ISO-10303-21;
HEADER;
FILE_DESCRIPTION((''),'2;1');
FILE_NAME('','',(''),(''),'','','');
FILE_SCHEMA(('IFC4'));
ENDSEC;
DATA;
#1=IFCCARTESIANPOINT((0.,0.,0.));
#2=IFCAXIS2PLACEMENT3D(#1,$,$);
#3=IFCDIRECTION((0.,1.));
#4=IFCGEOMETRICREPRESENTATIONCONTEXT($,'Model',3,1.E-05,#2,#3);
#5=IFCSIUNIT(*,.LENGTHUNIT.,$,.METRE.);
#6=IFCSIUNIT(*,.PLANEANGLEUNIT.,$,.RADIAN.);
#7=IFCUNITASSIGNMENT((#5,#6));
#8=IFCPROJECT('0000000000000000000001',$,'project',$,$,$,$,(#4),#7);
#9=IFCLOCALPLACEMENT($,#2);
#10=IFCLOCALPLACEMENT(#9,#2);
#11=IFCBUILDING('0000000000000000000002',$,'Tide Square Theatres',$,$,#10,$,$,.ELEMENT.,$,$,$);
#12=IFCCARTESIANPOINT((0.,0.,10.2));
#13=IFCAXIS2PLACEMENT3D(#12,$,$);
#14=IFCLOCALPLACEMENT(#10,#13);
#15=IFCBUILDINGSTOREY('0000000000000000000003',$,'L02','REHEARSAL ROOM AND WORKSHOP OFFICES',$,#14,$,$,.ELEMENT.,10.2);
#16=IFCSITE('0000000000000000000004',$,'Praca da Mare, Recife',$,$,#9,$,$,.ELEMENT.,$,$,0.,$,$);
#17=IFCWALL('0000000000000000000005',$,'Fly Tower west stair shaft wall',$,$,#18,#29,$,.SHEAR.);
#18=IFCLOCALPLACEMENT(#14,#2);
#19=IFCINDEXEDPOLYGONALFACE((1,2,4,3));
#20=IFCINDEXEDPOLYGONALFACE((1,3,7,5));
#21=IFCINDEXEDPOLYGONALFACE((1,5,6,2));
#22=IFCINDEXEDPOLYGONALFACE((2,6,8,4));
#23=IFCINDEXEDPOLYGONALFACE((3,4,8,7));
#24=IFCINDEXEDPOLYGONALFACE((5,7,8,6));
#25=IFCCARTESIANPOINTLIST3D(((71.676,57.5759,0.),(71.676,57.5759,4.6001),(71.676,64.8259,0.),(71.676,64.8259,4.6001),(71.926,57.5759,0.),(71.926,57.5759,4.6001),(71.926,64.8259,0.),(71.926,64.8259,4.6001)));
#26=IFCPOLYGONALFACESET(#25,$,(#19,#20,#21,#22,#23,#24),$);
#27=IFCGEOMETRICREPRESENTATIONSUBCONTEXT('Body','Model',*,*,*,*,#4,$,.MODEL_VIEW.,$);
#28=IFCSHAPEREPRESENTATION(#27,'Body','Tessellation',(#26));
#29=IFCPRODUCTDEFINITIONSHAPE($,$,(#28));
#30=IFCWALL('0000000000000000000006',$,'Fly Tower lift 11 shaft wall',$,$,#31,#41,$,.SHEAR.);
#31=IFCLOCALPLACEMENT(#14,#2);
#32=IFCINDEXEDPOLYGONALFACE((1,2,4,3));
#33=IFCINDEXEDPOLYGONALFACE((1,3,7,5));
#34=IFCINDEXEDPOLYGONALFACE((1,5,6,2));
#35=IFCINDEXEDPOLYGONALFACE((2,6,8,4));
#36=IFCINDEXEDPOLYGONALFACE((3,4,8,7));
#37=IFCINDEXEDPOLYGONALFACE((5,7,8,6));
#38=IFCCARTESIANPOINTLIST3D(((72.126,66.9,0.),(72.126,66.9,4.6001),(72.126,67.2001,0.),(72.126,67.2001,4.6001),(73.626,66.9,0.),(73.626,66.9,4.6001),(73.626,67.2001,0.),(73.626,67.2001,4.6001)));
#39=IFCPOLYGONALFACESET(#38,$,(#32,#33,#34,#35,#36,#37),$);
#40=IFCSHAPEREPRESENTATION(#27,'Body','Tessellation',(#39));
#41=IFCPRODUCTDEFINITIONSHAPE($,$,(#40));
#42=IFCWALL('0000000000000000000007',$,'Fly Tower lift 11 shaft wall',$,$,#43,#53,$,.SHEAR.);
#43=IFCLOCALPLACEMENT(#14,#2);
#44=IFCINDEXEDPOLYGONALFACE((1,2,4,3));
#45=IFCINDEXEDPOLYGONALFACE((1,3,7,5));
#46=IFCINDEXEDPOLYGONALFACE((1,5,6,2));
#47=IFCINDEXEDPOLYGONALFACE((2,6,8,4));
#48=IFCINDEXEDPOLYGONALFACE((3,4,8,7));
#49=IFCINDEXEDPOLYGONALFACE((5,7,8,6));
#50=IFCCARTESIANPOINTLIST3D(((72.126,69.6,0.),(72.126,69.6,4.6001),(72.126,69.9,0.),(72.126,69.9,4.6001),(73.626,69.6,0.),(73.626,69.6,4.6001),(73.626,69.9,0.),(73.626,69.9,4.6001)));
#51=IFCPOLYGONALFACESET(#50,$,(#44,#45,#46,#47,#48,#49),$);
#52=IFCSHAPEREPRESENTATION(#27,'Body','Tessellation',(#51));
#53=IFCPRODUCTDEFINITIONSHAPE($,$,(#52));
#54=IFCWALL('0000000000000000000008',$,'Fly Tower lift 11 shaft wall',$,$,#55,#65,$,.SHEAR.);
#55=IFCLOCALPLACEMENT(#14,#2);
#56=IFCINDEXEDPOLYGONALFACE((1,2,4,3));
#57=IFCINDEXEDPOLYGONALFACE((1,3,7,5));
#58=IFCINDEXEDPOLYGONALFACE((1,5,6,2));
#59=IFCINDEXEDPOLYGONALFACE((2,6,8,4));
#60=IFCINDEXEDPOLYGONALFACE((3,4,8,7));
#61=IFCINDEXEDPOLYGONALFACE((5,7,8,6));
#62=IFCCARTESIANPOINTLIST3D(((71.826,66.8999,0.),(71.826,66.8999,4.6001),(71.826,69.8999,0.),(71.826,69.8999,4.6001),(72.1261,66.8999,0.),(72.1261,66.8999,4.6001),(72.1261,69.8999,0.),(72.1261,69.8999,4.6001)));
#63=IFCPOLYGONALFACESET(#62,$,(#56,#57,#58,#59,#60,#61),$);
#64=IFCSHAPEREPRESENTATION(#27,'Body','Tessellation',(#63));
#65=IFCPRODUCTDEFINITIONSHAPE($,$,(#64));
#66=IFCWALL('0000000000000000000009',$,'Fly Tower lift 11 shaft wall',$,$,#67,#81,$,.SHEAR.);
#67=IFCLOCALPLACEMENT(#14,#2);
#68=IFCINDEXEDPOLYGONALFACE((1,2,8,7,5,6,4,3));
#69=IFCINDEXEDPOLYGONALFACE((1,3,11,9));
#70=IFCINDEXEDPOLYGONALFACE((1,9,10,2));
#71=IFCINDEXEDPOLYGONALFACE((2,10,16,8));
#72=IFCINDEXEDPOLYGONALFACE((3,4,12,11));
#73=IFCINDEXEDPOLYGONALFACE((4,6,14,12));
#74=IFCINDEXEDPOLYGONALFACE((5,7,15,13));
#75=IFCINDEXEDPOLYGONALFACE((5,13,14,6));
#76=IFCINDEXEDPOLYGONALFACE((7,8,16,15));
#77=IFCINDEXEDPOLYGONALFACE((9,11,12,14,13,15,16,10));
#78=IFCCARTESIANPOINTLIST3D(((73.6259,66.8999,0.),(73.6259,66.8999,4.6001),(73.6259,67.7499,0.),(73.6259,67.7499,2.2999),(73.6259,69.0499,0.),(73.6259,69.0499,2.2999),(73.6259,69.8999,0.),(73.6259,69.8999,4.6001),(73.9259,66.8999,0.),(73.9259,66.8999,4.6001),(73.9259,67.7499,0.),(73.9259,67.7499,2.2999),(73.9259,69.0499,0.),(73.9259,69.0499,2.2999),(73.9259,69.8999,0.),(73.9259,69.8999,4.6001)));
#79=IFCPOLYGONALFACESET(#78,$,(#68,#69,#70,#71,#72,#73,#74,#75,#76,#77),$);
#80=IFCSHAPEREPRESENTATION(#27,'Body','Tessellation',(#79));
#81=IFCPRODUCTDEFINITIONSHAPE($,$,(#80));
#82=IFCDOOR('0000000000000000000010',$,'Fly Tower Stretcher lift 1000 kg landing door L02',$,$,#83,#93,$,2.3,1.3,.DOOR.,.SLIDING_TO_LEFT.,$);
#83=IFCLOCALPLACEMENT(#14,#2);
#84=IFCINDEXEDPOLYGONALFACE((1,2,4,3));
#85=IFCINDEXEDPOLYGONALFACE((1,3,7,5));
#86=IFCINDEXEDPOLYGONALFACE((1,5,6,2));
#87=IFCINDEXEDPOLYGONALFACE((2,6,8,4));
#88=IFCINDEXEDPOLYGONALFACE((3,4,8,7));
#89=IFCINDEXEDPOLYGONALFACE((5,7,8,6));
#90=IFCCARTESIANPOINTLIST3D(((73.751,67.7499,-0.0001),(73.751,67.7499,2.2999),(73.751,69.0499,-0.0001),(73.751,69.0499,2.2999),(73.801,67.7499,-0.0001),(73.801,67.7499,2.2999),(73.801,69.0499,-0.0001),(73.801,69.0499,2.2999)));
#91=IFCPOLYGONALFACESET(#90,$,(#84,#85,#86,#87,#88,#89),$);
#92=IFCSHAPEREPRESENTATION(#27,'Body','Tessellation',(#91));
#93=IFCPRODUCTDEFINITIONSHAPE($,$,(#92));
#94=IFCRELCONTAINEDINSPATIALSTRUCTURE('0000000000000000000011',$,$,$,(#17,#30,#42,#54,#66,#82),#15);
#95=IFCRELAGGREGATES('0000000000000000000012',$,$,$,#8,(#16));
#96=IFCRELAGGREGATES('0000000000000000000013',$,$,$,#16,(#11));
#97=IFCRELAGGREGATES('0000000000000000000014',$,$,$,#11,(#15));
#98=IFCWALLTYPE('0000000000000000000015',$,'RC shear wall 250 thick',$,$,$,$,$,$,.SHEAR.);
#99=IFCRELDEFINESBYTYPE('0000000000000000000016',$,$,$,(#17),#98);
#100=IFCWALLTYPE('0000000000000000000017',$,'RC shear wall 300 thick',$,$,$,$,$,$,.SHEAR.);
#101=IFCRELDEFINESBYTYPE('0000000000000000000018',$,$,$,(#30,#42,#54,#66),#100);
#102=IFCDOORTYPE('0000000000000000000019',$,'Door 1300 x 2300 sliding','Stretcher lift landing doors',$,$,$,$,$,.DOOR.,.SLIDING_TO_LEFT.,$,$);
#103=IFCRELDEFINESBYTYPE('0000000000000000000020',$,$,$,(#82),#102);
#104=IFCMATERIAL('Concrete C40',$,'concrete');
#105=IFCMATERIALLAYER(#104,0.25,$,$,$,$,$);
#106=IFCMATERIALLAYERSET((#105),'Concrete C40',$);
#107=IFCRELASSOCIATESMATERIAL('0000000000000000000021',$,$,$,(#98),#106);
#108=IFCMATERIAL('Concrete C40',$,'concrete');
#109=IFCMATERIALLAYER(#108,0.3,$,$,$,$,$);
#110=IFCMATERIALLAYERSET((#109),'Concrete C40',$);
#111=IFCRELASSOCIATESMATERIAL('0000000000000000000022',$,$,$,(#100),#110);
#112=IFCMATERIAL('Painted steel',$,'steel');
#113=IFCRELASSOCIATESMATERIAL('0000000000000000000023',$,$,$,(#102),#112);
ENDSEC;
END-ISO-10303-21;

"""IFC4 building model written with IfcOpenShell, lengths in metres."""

from ifc_helpers import new_model, si_unit, direction, frame, frame_2d, origin, place, context, subcontext, project, spatial, rectangle, extrude, material, layer, layer_set, type_object, element, fill, save


model = new_model("IFC4")

# Units and contexts
model_context = context("Model", 3, precision=1e-05, world=origin(), true_north=direction((0.0, 1.0)))
body_context = subcontext(model_context, "Body", "Model", "MODEL_VIEW")
ifc_project = project(units=[si_unit("LENGTHUNIT", "METRE"), si_unit("PLANEANGLEUNIT", "RADIAN")], contexts=[model_context])

# Site, building, storey
site_placement = place(None, origin())
site = spatial("IfcSite", under=ifc_project, at=site_placement, Name="Praca da Mare, Recife", CompositionType="ELEMENT", RefElevation=0.0)
building_placement = place(site_placement, origin())
building = spatial("IfcBuilding", under=site, at=building_placement, Name="Tide Square Theatres", CompositionType="ELEMENT")
storey_placement = place(building_placement, frame((0.0, 0.0, 10.2)))
storey = spatial("IfcBuildingStorey", under=building, at=storey_placement, Name="L02", Description="REHEARSAL ROOM AND WORKSHOP OFFICES", CompositionType="ELEMENT", Elevation=10.2)

# Walls
ifc_material_1 = material(Name="Concrete C40", Category="concrete")
ifc_layer_1 = layer(ifc_material_1, 0.25)
ifc_layer_set_1 = layer_set([ifc_layer_1], Name="Concrete C40")
wall_type_1 = type_object("IfcWallType", Name="RC shear wall 250 thick", PredefinedType="SHEAR", material=ifc_layer_set_1)
wall_1_placement = place(storey_placement, frame((71.801, 64.8259, 0.0), z_axis=(0.0, 0.0, 1.0), x_axis=(0.0, -1.0, 0.0)))
element("IfcWall", 1, at=wall_1_placement, inside=storey, type_object=wall_type_1, Name="Fly Tower west stair shaft wall", PredefinedType="SHEAR", context=body_context, shape_type="SweptSolid", body=[
    extrude(rectangle(XDim=7.25, YDim=0.25, at=frame_2d((3.625, 0.0))), origin(), (0.0, 0.0, 1.0), 4.6001),
])
ifc_material_2 = material(Name="Concrete C40", Category="concrete")
ifc_layer_2 = layer(ifc_material_2, 0.3)
ifc_layer_set_2 = layer_set([ifc_layer_2], Name="Concrete C40")
wall_type_2 = type_object("IfcWallType", Name="RC shear wall 300 thick", PredefinedType="SHEAR", material=ifc_layer_set_2)
for number, where, z_axis, x_axis, name in (
    (2, (72.126, 67.05, 0.0), (0.0, 0.0, 1.0), (1.0, 0.0, 0.0), "Fly Tower lift 11 shaft wall"),
    (3, (73.626, 69.75, 0.0), (0.0, 0.0, 1.0), (-1.0, 0.0, 0.0), "Fly Tower lift 11 shaft wall"),
):
    element("IfcWall", number, at=place(storey_placement, frame(where, z_axis=z_axis, x_axis=x_axis)), inside=storey, type_object=wall_type_2, Name=name, PredefinedType="SHEAR", context=body_context, shape_type="SweptSolid", body=[
        extrude(rectangle(XDim=1.5, YDim=0.3, at=frame_2d((0.75, 0.0))), origin(), (0.0, 0.0, 1.0), 4.6001),
    ])
wall_2_placement = place(storey_placement, frame((71.9761, 66.8999, 0.0), z_axis=(0.0, 0.0, 1.0), x_axis=(0.0, 1.0, 0.0)))
element("IfcWall", 4, at=wall_2_placement, inside=storey, type_object=wall_type_2, Name="Fly Tower lift 11 shaft wall", PredefinedType="SHEAR", context=body_context, shape_type="SweptSolid", body=[
    extrude(rectangle(XDim=3.0, YDim=0.3, at=frame_2d((1.5, 0.0))), origin(), (0.0, 0.0, 1.0), 4.6001),
])

# Wall, opening, door
wall_3_placement = place(storey_placement, frame((73.7759, 66.8999, 0.0), z_axis=(0.0, 0.0, 1.0), x_axis=(0.0, 1.0, 0.0)))
wall_3 = element("IfcWall", 5, at=wall_3_placement, inside=storey, type_object=wall_type_2, Name="Fly Tower lift 11 shaft wall", PredefinedType="SHEAR", context=body_context, shape_type="SweptSolid", body=[
    extrude(rectangle(XDim=3.0, YDim=0.3, at=frame_2d((1.5, 0.0))), origin(), (0.0, 0.0, 1.0), 4.6001),
])
opening_placement = place(wall_3_placement, frame((0.8501, 0.0, 0.0)))
opening = element("IfcOpeningElement", 6, at=opening_placement, cuts=wall_3, PredefinedType="OPENING", context=body_context, shape_type="SweptSolid", body=[
    extrude(rectangle(XDim=1.3, YDim=2.3, at=frame_2d((0.6499, 1.1499))), frame((0.0, 0.1599, 0.0), z_axis=(0.0, -1.0, 0.0), x_axis=(1.0, 0.0, 0.0)), (0.0, 0.0, 1.0), 0.3201),
])
ifc_material_3 = material(Name="Painted steel", Category="steel")
door_type = type_object("IfcDoorType", Name="Door 1300 x 2300 sliding", Description="Stretcher lift landing doors", OperationType="SLIDING_TO_LEFT", PredefinedType="DOOR", material=ifc_material_3)
door_placement = place(opening_placement, origin())
door = element("IfcDoor", 7, at=door_placement, inside=storey, type_object=door_type, Name="Fly Tower Stretcher lift 1000 kg landing door L02", OperationType="SLIDING_TO_LEFT", OverallHeight=2.3, OverallWidth=1.3, PredefinedType="DOOR", context=body_context, shape_type="SweptSolid", body=[
    extrude(rectangle(XDim=1.3, YDim=2.3, at=frame_2d((0.6499, 1.1499))), frame((0.0, 0.0249, 0.0), z_axis=(0.0, -1.0, 0.0), x_axis=(1.0, 0.0, 0.0)), (0.0, 0.0, 1.0), 0.05),
])
fill(opening, door)

save(model, "model.ifc")
